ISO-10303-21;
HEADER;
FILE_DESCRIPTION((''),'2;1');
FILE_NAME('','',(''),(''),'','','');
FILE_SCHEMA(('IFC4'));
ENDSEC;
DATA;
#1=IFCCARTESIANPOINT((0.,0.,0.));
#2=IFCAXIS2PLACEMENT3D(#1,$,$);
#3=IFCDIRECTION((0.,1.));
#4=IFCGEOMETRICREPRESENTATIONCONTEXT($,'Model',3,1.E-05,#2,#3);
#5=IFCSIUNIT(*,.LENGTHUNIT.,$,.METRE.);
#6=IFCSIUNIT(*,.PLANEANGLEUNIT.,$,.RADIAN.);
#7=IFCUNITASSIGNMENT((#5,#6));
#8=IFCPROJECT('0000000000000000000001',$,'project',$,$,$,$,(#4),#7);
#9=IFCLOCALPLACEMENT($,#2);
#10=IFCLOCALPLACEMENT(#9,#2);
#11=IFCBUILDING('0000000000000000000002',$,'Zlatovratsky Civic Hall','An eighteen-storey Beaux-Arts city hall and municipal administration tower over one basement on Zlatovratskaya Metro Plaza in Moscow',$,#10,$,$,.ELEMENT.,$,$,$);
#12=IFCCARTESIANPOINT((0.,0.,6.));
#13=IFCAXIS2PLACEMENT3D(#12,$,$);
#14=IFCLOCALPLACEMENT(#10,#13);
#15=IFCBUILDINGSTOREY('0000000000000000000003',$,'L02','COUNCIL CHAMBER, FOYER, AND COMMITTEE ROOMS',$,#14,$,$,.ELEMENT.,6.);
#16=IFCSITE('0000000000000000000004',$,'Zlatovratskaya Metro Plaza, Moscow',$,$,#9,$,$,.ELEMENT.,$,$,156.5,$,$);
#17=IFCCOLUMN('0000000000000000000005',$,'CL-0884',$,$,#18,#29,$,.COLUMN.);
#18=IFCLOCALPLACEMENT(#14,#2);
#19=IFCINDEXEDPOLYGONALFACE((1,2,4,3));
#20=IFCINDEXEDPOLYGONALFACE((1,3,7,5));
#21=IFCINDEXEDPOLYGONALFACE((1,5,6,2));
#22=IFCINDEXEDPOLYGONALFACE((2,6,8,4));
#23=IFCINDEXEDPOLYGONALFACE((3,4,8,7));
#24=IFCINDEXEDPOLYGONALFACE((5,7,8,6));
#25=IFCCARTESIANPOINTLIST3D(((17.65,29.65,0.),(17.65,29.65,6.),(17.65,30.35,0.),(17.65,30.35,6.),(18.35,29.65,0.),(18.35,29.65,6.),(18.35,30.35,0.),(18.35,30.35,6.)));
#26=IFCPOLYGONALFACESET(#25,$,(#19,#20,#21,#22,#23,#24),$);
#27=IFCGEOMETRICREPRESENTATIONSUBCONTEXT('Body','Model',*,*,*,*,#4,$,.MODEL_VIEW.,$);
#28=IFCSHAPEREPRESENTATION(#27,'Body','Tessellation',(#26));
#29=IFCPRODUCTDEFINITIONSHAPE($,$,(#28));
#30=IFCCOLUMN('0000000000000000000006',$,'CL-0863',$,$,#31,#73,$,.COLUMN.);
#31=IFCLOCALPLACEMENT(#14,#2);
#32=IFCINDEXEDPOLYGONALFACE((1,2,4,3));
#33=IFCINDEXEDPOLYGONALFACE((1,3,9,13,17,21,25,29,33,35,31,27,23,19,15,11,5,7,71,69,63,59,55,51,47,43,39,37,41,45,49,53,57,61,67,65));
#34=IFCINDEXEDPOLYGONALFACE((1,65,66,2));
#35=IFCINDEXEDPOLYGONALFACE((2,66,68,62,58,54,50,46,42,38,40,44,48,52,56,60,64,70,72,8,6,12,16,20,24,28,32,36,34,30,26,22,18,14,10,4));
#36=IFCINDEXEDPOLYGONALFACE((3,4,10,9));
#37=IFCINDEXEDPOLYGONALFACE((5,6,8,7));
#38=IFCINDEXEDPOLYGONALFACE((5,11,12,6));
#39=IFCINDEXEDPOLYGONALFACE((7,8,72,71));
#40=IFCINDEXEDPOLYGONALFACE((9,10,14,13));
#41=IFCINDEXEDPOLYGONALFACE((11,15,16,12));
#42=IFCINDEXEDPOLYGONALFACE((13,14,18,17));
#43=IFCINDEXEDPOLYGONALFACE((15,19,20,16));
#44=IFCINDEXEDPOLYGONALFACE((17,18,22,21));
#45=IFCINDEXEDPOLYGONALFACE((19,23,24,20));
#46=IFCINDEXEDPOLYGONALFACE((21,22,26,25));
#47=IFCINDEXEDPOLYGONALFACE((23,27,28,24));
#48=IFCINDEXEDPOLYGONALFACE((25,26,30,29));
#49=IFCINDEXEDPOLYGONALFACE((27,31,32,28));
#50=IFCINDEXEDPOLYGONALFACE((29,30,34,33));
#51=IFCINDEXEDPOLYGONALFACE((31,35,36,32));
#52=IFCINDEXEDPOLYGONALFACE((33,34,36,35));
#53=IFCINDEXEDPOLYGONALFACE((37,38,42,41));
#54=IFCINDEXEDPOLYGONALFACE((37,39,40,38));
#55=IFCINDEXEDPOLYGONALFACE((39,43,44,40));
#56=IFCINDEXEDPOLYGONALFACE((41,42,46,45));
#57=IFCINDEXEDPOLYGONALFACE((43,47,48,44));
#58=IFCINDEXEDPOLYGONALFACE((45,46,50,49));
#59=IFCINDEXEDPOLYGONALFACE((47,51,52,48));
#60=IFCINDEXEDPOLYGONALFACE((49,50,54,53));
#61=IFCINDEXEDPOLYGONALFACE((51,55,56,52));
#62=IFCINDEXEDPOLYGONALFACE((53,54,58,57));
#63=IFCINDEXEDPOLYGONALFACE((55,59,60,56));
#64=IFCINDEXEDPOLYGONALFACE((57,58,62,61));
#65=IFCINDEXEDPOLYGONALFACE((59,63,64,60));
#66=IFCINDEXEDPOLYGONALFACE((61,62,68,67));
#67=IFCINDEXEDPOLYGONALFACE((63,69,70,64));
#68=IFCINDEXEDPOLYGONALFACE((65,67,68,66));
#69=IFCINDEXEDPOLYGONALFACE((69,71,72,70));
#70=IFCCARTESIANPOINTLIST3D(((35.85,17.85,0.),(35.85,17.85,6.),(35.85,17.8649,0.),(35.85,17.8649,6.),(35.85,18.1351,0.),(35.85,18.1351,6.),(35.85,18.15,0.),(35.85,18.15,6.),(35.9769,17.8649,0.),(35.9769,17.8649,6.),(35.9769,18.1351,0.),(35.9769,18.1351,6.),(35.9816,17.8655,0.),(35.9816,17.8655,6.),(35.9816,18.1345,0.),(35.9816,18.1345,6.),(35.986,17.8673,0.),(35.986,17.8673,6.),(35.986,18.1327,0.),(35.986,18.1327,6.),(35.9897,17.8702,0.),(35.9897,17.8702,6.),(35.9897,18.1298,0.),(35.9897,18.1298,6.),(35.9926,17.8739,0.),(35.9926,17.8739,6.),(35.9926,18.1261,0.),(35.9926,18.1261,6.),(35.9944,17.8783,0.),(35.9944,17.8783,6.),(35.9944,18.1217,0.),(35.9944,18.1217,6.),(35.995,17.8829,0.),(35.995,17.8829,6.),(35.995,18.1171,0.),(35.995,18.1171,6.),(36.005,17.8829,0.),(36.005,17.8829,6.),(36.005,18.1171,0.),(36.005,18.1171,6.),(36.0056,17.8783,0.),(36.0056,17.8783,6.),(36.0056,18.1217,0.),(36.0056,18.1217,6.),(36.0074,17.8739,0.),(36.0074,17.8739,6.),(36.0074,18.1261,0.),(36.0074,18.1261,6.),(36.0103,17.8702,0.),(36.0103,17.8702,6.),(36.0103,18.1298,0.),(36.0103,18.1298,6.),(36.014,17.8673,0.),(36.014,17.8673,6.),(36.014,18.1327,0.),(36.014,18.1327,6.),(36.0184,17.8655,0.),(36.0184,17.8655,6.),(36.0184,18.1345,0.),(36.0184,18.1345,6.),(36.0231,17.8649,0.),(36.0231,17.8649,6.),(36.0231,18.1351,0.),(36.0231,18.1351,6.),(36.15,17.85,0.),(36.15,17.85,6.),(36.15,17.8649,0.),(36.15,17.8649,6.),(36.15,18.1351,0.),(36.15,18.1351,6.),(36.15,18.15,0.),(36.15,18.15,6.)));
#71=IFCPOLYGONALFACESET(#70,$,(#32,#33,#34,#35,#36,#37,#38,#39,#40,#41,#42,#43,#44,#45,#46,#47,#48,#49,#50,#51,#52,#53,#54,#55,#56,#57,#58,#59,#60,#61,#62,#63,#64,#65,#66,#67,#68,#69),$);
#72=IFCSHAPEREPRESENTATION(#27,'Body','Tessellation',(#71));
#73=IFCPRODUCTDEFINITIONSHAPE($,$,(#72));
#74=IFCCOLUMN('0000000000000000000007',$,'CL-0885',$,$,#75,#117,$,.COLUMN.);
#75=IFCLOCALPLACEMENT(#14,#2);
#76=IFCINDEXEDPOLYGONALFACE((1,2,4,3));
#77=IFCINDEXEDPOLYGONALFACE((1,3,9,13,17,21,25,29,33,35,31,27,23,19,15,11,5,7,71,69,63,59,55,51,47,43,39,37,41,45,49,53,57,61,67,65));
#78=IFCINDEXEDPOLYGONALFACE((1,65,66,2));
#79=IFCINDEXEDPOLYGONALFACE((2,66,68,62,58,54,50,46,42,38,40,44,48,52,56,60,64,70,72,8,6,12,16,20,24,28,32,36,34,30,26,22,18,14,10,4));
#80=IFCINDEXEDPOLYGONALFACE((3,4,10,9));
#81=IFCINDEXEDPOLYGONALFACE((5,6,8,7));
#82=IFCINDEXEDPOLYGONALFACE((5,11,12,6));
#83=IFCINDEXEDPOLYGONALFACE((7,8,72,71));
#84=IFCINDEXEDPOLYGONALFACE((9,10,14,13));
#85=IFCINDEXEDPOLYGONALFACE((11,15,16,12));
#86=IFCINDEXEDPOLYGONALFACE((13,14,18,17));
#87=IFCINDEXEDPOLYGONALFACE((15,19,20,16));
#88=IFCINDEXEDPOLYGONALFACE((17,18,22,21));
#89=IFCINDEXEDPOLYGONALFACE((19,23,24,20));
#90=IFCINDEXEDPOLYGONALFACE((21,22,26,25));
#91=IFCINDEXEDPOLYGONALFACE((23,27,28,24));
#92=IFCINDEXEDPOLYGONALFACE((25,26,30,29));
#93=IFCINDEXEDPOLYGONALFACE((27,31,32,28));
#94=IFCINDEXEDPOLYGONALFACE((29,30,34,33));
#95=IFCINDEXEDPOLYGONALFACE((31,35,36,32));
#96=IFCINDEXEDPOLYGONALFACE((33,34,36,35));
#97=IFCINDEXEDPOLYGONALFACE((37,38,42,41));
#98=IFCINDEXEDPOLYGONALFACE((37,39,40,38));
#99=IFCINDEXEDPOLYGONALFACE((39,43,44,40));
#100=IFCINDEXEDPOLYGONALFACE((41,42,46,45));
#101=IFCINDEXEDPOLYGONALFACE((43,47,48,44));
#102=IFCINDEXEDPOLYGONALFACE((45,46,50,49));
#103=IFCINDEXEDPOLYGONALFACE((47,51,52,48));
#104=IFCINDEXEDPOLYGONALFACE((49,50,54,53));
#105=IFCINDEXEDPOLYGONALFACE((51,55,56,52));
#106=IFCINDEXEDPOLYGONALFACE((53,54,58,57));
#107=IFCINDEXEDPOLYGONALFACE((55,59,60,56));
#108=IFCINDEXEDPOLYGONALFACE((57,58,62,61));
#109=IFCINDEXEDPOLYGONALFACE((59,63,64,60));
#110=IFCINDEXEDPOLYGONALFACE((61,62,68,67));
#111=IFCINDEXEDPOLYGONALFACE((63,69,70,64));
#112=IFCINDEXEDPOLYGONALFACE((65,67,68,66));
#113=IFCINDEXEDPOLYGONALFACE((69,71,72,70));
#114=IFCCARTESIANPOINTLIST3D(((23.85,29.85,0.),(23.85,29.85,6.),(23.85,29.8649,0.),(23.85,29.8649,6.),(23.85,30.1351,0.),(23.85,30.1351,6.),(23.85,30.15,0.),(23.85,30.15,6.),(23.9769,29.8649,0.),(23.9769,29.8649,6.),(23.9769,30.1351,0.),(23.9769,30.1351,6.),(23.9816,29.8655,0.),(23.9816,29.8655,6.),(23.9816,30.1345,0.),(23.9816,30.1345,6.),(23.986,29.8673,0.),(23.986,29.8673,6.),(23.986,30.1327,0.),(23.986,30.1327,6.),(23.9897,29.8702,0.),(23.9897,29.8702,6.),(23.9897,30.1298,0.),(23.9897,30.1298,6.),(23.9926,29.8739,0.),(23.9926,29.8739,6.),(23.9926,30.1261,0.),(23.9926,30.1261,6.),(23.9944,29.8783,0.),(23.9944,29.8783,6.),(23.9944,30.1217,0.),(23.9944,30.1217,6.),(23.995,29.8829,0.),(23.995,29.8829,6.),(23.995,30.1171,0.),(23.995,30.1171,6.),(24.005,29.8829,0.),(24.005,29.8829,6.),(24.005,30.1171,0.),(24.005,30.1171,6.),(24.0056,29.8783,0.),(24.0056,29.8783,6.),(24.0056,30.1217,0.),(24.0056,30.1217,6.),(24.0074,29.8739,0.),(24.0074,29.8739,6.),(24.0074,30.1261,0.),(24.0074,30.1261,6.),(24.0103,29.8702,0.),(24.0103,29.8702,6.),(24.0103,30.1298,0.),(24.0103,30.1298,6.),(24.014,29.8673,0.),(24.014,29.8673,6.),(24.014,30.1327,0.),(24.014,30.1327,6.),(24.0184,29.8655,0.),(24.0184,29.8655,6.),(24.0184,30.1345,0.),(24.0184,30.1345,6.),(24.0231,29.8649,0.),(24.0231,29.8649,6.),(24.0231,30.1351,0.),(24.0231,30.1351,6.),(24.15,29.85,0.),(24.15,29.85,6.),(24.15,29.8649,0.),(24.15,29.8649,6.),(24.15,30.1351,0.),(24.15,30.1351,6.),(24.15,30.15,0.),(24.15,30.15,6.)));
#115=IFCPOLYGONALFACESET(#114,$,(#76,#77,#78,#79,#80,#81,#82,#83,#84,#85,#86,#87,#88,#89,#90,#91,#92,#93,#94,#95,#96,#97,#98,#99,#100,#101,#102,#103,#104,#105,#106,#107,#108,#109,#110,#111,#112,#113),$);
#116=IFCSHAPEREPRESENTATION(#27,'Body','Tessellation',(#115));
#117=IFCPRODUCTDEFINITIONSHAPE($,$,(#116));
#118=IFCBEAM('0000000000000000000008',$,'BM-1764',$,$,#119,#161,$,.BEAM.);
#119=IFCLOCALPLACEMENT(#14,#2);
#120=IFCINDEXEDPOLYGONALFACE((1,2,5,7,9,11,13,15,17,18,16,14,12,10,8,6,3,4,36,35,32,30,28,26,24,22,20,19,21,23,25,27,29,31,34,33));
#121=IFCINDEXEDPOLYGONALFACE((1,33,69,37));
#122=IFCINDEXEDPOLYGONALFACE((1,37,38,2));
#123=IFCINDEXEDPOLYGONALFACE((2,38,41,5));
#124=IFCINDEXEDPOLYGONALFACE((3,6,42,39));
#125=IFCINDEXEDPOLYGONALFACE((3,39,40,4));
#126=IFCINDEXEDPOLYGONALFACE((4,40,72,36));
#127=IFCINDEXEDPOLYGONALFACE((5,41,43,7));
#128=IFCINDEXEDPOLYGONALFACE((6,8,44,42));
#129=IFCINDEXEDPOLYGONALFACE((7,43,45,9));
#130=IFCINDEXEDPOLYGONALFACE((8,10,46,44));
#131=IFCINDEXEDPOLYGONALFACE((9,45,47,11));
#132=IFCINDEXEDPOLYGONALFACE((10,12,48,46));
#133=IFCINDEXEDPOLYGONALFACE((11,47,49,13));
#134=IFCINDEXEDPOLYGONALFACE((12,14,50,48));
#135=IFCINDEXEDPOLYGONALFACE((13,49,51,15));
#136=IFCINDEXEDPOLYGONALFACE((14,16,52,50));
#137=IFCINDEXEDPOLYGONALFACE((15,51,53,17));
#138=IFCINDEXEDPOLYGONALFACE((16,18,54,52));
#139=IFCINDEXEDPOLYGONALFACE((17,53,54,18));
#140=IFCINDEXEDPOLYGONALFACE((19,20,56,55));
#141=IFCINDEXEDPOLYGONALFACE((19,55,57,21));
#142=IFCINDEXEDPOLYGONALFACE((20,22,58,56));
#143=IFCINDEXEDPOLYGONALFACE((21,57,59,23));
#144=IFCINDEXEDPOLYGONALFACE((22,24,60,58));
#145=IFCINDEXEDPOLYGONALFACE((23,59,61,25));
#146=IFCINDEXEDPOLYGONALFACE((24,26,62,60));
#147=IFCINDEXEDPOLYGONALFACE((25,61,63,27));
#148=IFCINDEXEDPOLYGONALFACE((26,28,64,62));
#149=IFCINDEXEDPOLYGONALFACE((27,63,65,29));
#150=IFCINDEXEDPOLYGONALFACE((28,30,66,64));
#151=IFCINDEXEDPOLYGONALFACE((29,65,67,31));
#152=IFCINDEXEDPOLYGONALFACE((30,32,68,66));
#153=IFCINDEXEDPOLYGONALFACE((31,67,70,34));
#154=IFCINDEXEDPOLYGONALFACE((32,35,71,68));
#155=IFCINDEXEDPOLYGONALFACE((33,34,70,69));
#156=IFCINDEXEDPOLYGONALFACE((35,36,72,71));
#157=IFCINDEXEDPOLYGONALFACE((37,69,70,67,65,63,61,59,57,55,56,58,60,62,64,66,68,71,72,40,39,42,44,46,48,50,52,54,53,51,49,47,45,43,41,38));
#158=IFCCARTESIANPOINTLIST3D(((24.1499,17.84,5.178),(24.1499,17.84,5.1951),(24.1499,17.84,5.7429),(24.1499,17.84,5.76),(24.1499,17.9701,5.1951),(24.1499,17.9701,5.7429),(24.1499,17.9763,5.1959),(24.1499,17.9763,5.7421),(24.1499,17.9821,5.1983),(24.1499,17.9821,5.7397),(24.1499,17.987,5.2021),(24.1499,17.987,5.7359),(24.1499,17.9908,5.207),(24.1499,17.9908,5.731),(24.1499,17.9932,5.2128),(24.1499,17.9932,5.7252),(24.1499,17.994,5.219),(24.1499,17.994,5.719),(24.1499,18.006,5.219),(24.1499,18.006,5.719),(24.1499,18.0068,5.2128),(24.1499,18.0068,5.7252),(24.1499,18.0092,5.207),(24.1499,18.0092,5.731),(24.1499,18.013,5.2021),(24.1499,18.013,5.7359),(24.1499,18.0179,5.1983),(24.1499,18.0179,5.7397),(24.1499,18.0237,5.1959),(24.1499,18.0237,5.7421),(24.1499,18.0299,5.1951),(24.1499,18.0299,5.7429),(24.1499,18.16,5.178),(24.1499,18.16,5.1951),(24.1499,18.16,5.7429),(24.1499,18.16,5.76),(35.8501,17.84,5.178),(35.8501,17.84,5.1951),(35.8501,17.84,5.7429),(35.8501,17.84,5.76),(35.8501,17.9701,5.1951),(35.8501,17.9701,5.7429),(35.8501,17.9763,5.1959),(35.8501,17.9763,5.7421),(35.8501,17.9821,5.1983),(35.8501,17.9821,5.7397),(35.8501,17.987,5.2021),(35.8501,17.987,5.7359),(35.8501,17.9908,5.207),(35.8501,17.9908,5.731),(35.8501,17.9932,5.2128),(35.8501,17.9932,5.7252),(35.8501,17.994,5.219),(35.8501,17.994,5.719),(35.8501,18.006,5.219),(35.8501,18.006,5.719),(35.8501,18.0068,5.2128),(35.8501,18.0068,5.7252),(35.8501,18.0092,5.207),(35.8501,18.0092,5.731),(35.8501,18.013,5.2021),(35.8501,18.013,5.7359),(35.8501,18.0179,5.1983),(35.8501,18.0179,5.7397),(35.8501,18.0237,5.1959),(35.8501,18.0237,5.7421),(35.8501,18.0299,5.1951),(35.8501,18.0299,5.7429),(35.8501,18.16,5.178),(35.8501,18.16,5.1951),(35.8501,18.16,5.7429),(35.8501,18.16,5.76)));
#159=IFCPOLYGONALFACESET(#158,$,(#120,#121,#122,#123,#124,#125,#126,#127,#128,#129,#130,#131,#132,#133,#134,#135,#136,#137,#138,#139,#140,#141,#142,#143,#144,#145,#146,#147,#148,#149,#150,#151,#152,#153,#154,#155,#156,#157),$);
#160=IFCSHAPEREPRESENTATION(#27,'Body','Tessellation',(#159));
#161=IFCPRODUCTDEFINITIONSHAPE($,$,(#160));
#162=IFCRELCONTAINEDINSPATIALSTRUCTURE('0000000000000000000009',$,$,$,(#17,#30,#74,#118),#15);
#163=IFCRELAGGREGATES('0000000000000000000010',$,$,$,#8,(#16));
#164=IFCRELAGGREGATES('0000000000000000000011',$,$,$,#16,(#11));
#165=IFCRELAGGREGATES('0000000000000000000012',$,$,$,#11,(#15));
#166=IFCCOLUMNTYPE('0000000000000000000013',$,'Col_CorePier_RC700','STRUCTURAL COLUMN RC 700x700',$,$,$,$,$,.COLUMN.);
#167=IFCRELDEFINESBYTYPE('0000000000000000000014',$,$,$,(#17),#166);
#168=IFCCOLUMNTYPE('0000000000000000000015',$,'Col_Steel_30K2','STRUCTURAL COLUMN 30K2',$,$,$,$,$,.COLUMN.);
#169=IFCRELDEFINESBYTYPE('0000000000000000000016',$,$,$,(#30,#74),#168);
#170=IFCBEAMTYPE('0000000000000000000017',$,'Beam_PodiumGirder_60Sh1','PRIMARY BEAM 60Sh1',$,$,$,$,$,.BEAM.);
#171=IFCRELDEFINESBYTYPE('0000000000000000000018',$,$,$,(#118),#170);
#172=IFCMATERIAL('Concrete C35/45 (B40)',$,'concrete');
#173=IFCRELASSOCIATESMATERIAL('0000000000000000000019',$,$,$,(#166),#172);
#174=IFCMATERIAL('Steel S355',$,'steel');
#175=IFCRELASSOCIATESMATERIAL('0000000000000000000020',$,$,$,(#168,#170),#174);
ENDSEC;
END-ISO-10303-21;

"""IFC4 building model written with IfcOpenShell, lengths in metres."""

from ifc_helpers import new_model, si_unit, direction, frame, origin, origin_2d, place, context, subcontext, project, spatial, rectangle, i_section, extrude, material, material_profile, profile_set, type_object, element, save


model = new_model("IFC4")

# Units and contexts
model_context = context("Model", 3, precision=1e-05, world=origin(), true_north=direction((0.0, 1.0)))
body_context = subcontext(model_context, "Body", "Model", "MODEL_VIEW")
ifc_project = project(units=[si_unit("LENGTHUNIT", "METRE"), si_unit("PLANEANGLEUNIT", "RADIAN")], contexts=[model_context])

# Site, building, storey
site_placement = place(None, origin())
site = spatial("IfcSite", under=ifc_project, at=site_placement, Name="Zlatovratskaya Metro Plaza, Moscow", CompositionType="ELEMENT", RefElevation=156.5)
building_placement = place(site_placement, origin())
building = spatial("IfcBuilding", under=site, at=building_placement, Name="Zlatovratsky Civic Hall", Description="An eighteen-storey Beaux-Arts city hall and municipal administration tower over one basement on Zlatovratskaya Metro Plaza in Moscow", CompositionType="ELEMENT")
storey_placement = place(building_placement, frame((0.0, 0.0, 6.0)))
storey = spatial("IfcBuildingStorey", under=building, at=storey_placement, Name="L02", Description="COUNCIL CHAMBER, FOYER, AND COMMITTEE ROOMS", CompositionType="ELEMENT", Elevation=6.0)

# Columns
ifc_material_1 = material(Name="Concrete C35/45 (B40)", Category="concrete")
ifc_material_profile_1 = material_profile(ifc_material_1, rectangle(XDim=0.7, YDim=0.7, at=origin_2d()), Name="RC 700x700")
ifc_profile_set_1 = profile_set([ifc_material_profile_1], Name="Concrete C35/45 (B40)")
column_type_1 = type_object("IfcColumnType", Name="Col_CorePier_RC700", Description="STRUCTURAL COLUMN RC 700x700", PredefinedType="COLUMN", material=ifc_profile_set_1)
column_placement = place(storey_placement, frame((18.0, 30.0, 0.0), z_axis=(0.0, 0.0, 1.0), x_axis=(1.0, 0.0, 0.0)))
element("IfcColumn", 1, at=column_placement, inside=storey, type_object=column_type_1, Name="CL-0884", PredefinedType="COLUMN", context=body_context, shape_type="SweptSolid", body=[
    extrude(rectangle(XDim=0.7, YDim=0.7, at=origin_2d()), origin(), (0.0, 0.0, 1.0), 6.0),
])
ifc_material_2 = material(Name="Steel S355", Category="steel")
ifc_material_profile_2 = material_profile(ifc_material_2, i_section(OverallWidth=0.3, OverallDepth=0.3, WebThickness=0.01, FlangeThickness=0.0149, FilletRadius=0.0181, at=origin_2d()), Name="30K2")
ifc_profile_set_2 = profile_set([ifc_material_profile_2], Name="Steel S355")
column_type_2 = type_object("IfcColumnType", Name="Col_Steel_30K2", Description="STRUCTURAL COLUMN 30K2", PredefinedType="COLUMN", material=ifc_profile_set_2)
for number, where, z_axis, x_axis, name in (
    (2, (36.0, 18.0, 0.0), (0.0, 0.0, 1.0), (1.0, 0.0, 0.0), "CL-0863"),
    (3, (24.0, 30.0, 0.0), (0.0, 0.0, 1.0), (1.0, 0.0, 0.0), "CL-0885"),
):
    element("IfcColumn", number, at=place(storey_placement, frame(where, z_axis=z_axis, x_axis=x_axis)), inside=storey, type_object=column_type_2, Name=name, PredefinedType="COLUMN", context=body_context, shape_type="SweptSolid", body=[
        extrude(i_section(OverallWidth=0.3, OverallDepth=0.3, WebThickness=0.01, FlangeThickness=0.0149, FilletRadius=0.0181, at=origin_2d()), origin(), (0.0, 0.0, 1.0), 6.0),
    ])

# Beam
ifc_material_profile_3 = material_profile(ifc_material_2, i_section(OverallWidth=0.3201, OverallDepth=0.582, WebThickness=0.012, FlangeThickness=0.0171, FilletRadius=0.0239, at=origin_2d()), Name="60Sh1")
ifc_profile_set_3 = profile_set([ifc_material_profile_3], Name="Steel S355")
beam_type_1 = type_object("IfcBeamType", Name="Beam_PodiumGirder_60Sh1", Description="PRIMARY BEAM 60Sh1", PredefinedType="BEAM", material=ifc_profile_set_3)
for number, where, z_axis, x_axis, name in (
    (4, (24.1499, 18.0, 5.469), (1.0, 0.0, 0.0), (0.0, 1.0, 0.0), "BM-1764"),
):
    element("IfcBeam", number, at=place(storey_placement, frame(where, z_axis=z_axis, x_axis=x_axis)), inside=storey, type_object=beam_type_1, Name=name, PredefinedType="BEAM", context=body_context, shape_type="SweptSolid", body=[
        extrude(i_section(OverallWidth=0.3201, OverallDepth=0.582, WebThickness=0.012, FlangeThickness=0.0171, FilletRadius=0.0239, at=origin_2d()), origin(), (0.0, 0.0, 1.0), 11.7002),
    ])

save(model, "model.ifc")
